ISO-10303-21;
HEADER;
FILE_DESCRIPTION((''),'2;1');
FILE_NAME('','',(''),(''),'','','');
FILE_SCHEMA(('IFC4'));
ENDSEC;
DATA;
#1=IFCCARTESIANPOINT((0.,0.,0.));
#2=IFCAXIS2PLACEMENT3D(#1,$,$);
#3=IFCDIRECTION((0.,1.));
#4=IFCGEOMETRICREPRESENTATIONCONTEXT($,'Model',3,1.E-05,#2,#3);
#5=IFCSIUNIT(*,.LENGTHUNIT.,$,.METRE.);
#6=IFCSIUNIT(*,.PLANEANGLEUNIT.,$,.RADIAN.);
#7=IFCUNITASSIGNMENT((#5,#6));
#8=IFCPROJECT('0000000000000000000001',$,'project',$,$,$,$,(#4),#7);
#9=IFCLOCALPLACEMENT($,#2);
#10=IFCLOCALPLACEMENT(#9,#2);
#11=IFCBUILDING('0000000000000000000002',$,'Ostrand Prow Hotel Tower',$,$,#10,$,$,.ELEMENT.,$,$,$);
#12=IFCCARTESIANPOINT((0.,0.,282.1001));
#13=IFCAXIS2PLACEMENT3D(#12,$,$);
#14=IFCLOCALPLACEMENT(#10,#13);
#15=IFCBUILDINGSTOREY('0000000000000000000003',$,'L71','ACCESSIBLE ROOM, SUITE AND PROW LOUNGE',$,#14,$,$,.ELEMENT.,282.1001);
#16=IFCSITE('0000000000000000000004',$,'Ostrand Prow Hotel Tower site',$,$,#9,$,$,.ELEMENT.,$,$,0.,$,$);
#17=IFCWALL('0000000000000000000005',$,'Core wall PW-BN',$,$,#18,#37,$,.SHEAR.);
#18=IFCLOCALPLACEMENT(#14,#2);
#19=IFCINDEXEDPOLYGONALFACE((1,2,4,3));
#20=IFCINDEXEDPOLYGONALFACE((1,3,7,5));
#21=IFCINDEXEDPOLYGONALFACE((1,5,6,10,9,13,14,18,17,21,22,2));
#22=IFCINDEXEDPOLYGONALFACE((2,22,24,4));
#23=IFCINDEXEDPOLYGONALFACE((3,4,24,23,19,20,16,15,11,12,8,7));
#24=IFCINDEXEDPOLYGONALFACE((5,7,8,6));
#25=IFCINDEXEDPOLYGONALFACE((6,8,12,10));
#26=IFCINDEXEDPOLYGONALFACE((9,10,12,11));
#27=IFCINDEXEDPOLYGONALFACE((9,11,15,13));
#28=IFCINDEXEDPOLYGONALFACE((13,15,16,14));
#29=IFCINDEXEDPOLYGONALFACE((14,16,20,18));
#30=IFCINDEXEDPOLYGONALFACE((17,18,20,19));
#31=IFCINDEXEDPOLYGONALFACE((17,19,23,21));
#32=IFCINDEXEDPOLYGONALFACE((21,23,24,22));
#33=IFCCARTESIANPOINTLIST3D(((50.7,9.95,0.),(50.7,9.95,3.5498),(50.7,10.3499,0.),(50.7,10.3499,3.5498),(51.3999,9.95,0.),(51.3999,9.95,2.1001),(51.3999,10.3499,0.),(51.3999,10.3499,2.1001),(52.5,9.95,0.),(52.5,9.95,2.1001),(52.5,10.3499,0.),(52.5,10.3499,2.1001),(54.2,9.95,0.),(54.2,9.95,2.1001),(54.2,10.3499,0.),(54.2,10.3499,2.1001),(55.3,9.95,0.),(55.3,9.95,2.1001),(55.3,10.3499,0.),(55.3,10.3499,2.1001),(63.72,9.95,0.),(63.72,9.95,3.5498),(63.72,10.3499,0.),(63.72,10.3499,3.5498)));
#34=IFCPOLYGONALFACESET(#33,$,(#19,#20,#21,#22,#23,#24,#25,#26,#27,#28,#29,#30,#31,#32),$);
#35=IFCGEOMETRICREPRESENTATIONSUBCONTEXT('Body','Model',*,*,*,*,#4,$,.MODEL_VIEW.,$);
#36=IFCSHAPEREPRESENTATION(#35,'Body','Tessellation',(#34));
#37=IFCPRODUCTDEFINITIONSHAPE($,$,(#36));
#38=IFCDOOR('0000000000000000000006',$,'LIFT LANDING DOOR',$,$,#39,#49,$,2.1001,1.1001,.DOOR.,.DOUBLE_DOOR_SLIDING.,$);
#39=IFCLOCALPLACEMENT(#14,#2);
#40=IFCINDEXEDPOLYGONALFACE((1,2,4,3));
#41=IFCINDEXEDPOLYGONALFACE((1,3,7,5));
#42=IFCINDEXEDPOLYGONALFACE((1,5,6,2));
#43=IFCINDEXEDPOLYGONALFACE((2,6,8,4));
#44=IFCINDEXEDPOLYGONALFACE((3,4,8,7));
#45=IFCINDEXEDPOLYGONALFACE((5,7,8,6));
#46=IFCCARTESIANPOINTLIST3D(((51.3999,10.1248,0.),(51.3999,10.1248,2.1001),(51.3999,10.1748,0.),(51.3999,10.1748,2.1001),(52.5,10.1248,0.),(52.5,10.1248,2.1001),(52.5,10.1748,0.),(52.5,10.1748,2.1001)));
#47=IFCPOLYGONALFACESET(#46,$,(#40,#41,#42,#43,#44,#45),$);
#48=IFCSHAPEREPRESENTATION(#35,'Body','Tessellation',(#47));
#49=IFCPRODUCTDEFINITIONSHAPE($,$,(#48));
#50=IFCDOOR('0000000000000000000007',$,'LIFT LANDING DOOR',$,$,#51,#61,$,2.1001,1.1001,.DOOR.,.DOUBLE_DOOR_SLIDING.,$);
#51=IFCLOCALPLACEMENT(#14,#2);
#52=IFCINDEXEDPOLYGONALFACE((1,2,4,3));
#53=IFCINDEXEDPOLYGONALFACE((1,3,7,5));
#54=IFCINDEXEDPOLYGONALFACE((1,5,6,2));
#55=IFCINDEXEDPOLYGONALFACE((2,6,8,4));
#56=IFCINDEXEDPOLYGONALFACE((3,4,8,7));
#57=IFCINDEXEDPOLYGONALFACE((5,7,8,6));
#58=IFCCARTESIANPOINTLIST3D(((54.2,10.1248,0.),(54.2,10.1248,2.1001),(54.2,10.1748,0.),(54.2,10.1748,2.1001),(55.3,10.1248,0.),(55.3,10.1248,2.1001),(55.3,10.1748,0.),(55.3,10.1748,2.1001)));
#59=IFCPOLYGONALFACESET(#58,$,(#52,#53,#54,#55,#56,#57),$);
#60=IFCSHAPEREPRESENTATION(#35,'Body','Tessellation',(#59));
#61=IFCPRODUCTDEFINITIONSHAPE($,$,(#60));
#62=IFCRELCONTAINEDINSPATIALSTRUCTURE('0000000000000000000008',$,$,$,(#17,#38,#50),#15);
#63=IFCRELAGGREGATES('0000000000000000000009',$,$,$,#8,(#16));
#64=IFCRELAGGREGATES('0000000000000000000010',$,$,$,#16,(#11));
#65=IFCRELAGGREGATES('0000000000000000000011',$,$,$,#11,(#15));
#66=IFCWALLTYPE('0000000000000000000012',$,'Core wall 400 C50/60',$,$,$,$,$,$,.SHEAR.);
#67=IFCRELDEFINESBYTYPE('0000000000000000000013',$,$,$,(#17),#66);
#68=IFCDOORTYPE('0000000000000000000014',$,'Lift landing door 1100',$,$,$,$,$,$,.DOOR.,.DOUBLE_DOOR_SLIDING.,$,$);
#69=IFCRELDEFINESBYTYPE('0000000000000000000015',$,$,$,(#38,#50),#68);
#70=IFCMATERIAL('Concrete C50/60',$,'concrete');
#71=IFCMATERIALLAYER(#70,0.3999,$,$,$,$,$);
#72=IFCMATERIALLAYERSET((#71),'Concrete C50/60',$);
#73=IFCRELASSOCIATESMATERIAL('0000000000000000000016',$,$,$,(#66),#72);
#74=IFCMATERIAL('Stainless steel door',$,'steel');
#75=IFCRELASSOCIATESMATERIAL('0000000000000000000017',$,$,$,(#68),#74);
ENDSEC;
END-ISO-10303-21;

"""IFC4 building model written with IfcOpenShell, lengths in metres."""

from ifc_helpers import new_model, si_unit, direction, frame, frame_2d, origin, place, context, subcontext, project, spatial, rectangle, extrude, material, layer, layer_set, type_object, element, fill, save


model = new_model("IFC4")

# Units and contexts
model_context = context("Model", 3, precision=1e-05, world=origin(), true_north=direction((0.0, 1.0)))
body_context = subcontext(model_context, "Body", "Model", "MODEL_VIEW")
ifc_project = project(units=[si_unit("LENGTHUNIT", "METRE"), si_unit("PLANEANGLEUNIT", "RADIAN")], contexts=[model_context])

# Site, building, storey
site_placement = place(None, origin())
site = spatial("IfcSite", under=ifc_project, at=site_placement, Name="Ostrand Prow Hotel Tower site", CompositionType="ELEMENT", RefElevation=0.0)
building_placement = place(site_placement, origin())
building = spatial("IfcBuilding", under=site, at=building_placement, Name="Ostrand Prow Hotel Tower", CompositionType="ELEMENT")
storey_placement = place(building_placement, frame((0.0, 0.0, 282.1001)))
storey = spatial("IfcBuildingStorey", under=building, at=storey_placement, Name="L71", Description="ACCESSIBLE ROOM, SUITE AND PROW LOUNGE", CompositionType="ELEMENT", Elevation=282.1001)

# Wall, openings, doors
ifc_material_1 = material(Name="Concrete C50/60", Category="concrete")
ifc_layer_1 = layer(ifc_material_1, 0.3999)
ifc_layer_set_1 = layer_set([ifc_layer_1], Name="Concrete C50/60")
wall_type_1 = type_object("IfcWallType", Name="Core wall 400 C50/60", PredefinedType="SHEAR", material=ifc_layer_set_1)
wall_1_placement = place(storey_placement, frame((50.7, 10.1499, 0.0), z_axis=(0.0, 0.0, 1.0), x_axis=(1.0, 0.0, 0.0)))
wall_1 = element("IfcWall", 1, at=wall_1_placement, inside=storey, type_object=wall_type_1, Name="Core wall PW-BN", PredefinedType="SHEAR", context=body_context, shape_type="SweptSolid", body=[
    extrude(rectangle(XDim=13.02, YDim=0.3999, at=frame_2d((6.51, 0.0))), origin(), (0.0, 0.0, 1.0), 3.5498),
])
opening_1_placement = place(wall_1_placement, frame((0.7, 0.0, 0.0)))
opening_1 = element("IfcOpeningElement", 2, at=opening_1_placement, cuts=wall_1, PredefinedType="OPENING", context=body_context, shape_type="SweptSolid", body=[
    extrude(rectangle(XDim=1.1001, YDim=2.1001, at=frame_2d((0.55, 1.05))), frame((0.0, 0.21, 0.0), z_axis=(0.0, -1.0, 0.0), x_axis=(1.0, 0.0, 0.0)), (0.0, 0.0, 1.0), 0.4199),
])
opening_2_placement = place(wall_1_placement, frame((3.5, 0.0, 0.0)))
opening_2 = element("IfcOpeningElement", 3, at=opening_2_placement, cuts=wall_1, PredefinedType="OPENING", context=body_context, shape_type="SweptSolid", body=[
    extrude(rectangle(XDim=1.1001, YDim=2.1001, at=frame_2d((0.55, 1.05))), frame((0.0, 0.21, 0.0), z_axis=(0.0, -1.0, 0.0), x_axis=(1.0, 0.0, 0.0)), (0.0, 0.0, 1.0), 0.4199),
])
ifc_material_2 = material(Name="Stainless steel door", Category="steel")
door_type_1 = type_object("IfcDoorType", Name="Lift landing door 1100", OperationType="DOUBLE_DOOR_SLIDING", PredefinedType="DOOR", material=ifc_material_2)
door_1_placement = place(opening_1_placement, origin())
door_1 = element("IfcDoor", 4, at=door_1_placement, inside=storey, type_object=door_type_1, Name="LIFT LANDING DOOR", OperationType="DOUBLE_DOOR_SLIDING", OverallHeight=2.1001, OverallWidth=1.1001, PredefinedType="DOOR", context=body_context, shape_type="SweptSolid", body=[
    extrude(rectangle(XDim=1.1001, YDim=2.1001, at=frame_2d((0.55, 1.05))), frame((0.0, 0.0249, 0.0), z_axis=(0.0, -1.0, 0.0), x_axis=(1.0, 0.0, 0.0)), (0.0, 0.0, 1.0), 0.05),
])
fill(opening_1, door_1)
door_2_placement = place(opening_2_placement, origin())
door_2 = element("IfcDoor", 5, at=door_2_placement, inside=storey, type_object=door_type_1, Name="LIFT LANDING DOOR", OperationType="DOUBLE_DOOR_SLIDING", OverallHeight=2.1001, OverallWidth=1.1001, PredefinedType="DOOR", context=body_context, shape_type="SweptSolid", body=[
    extrude(rectangle(XDim=1.1001, YDim=2.1001, at=frame_2d((0.55, 1.05))), frame((0.0, 0.0249, 0.0), z_axis=(0.0, -1.0, 0.0), x_axis=(1.0, 0.0, 0.0)), (0.0, 0.0, 1.0), 0.05),
])
fill(opening_2, door_2)

save(model, "model.ifc")
